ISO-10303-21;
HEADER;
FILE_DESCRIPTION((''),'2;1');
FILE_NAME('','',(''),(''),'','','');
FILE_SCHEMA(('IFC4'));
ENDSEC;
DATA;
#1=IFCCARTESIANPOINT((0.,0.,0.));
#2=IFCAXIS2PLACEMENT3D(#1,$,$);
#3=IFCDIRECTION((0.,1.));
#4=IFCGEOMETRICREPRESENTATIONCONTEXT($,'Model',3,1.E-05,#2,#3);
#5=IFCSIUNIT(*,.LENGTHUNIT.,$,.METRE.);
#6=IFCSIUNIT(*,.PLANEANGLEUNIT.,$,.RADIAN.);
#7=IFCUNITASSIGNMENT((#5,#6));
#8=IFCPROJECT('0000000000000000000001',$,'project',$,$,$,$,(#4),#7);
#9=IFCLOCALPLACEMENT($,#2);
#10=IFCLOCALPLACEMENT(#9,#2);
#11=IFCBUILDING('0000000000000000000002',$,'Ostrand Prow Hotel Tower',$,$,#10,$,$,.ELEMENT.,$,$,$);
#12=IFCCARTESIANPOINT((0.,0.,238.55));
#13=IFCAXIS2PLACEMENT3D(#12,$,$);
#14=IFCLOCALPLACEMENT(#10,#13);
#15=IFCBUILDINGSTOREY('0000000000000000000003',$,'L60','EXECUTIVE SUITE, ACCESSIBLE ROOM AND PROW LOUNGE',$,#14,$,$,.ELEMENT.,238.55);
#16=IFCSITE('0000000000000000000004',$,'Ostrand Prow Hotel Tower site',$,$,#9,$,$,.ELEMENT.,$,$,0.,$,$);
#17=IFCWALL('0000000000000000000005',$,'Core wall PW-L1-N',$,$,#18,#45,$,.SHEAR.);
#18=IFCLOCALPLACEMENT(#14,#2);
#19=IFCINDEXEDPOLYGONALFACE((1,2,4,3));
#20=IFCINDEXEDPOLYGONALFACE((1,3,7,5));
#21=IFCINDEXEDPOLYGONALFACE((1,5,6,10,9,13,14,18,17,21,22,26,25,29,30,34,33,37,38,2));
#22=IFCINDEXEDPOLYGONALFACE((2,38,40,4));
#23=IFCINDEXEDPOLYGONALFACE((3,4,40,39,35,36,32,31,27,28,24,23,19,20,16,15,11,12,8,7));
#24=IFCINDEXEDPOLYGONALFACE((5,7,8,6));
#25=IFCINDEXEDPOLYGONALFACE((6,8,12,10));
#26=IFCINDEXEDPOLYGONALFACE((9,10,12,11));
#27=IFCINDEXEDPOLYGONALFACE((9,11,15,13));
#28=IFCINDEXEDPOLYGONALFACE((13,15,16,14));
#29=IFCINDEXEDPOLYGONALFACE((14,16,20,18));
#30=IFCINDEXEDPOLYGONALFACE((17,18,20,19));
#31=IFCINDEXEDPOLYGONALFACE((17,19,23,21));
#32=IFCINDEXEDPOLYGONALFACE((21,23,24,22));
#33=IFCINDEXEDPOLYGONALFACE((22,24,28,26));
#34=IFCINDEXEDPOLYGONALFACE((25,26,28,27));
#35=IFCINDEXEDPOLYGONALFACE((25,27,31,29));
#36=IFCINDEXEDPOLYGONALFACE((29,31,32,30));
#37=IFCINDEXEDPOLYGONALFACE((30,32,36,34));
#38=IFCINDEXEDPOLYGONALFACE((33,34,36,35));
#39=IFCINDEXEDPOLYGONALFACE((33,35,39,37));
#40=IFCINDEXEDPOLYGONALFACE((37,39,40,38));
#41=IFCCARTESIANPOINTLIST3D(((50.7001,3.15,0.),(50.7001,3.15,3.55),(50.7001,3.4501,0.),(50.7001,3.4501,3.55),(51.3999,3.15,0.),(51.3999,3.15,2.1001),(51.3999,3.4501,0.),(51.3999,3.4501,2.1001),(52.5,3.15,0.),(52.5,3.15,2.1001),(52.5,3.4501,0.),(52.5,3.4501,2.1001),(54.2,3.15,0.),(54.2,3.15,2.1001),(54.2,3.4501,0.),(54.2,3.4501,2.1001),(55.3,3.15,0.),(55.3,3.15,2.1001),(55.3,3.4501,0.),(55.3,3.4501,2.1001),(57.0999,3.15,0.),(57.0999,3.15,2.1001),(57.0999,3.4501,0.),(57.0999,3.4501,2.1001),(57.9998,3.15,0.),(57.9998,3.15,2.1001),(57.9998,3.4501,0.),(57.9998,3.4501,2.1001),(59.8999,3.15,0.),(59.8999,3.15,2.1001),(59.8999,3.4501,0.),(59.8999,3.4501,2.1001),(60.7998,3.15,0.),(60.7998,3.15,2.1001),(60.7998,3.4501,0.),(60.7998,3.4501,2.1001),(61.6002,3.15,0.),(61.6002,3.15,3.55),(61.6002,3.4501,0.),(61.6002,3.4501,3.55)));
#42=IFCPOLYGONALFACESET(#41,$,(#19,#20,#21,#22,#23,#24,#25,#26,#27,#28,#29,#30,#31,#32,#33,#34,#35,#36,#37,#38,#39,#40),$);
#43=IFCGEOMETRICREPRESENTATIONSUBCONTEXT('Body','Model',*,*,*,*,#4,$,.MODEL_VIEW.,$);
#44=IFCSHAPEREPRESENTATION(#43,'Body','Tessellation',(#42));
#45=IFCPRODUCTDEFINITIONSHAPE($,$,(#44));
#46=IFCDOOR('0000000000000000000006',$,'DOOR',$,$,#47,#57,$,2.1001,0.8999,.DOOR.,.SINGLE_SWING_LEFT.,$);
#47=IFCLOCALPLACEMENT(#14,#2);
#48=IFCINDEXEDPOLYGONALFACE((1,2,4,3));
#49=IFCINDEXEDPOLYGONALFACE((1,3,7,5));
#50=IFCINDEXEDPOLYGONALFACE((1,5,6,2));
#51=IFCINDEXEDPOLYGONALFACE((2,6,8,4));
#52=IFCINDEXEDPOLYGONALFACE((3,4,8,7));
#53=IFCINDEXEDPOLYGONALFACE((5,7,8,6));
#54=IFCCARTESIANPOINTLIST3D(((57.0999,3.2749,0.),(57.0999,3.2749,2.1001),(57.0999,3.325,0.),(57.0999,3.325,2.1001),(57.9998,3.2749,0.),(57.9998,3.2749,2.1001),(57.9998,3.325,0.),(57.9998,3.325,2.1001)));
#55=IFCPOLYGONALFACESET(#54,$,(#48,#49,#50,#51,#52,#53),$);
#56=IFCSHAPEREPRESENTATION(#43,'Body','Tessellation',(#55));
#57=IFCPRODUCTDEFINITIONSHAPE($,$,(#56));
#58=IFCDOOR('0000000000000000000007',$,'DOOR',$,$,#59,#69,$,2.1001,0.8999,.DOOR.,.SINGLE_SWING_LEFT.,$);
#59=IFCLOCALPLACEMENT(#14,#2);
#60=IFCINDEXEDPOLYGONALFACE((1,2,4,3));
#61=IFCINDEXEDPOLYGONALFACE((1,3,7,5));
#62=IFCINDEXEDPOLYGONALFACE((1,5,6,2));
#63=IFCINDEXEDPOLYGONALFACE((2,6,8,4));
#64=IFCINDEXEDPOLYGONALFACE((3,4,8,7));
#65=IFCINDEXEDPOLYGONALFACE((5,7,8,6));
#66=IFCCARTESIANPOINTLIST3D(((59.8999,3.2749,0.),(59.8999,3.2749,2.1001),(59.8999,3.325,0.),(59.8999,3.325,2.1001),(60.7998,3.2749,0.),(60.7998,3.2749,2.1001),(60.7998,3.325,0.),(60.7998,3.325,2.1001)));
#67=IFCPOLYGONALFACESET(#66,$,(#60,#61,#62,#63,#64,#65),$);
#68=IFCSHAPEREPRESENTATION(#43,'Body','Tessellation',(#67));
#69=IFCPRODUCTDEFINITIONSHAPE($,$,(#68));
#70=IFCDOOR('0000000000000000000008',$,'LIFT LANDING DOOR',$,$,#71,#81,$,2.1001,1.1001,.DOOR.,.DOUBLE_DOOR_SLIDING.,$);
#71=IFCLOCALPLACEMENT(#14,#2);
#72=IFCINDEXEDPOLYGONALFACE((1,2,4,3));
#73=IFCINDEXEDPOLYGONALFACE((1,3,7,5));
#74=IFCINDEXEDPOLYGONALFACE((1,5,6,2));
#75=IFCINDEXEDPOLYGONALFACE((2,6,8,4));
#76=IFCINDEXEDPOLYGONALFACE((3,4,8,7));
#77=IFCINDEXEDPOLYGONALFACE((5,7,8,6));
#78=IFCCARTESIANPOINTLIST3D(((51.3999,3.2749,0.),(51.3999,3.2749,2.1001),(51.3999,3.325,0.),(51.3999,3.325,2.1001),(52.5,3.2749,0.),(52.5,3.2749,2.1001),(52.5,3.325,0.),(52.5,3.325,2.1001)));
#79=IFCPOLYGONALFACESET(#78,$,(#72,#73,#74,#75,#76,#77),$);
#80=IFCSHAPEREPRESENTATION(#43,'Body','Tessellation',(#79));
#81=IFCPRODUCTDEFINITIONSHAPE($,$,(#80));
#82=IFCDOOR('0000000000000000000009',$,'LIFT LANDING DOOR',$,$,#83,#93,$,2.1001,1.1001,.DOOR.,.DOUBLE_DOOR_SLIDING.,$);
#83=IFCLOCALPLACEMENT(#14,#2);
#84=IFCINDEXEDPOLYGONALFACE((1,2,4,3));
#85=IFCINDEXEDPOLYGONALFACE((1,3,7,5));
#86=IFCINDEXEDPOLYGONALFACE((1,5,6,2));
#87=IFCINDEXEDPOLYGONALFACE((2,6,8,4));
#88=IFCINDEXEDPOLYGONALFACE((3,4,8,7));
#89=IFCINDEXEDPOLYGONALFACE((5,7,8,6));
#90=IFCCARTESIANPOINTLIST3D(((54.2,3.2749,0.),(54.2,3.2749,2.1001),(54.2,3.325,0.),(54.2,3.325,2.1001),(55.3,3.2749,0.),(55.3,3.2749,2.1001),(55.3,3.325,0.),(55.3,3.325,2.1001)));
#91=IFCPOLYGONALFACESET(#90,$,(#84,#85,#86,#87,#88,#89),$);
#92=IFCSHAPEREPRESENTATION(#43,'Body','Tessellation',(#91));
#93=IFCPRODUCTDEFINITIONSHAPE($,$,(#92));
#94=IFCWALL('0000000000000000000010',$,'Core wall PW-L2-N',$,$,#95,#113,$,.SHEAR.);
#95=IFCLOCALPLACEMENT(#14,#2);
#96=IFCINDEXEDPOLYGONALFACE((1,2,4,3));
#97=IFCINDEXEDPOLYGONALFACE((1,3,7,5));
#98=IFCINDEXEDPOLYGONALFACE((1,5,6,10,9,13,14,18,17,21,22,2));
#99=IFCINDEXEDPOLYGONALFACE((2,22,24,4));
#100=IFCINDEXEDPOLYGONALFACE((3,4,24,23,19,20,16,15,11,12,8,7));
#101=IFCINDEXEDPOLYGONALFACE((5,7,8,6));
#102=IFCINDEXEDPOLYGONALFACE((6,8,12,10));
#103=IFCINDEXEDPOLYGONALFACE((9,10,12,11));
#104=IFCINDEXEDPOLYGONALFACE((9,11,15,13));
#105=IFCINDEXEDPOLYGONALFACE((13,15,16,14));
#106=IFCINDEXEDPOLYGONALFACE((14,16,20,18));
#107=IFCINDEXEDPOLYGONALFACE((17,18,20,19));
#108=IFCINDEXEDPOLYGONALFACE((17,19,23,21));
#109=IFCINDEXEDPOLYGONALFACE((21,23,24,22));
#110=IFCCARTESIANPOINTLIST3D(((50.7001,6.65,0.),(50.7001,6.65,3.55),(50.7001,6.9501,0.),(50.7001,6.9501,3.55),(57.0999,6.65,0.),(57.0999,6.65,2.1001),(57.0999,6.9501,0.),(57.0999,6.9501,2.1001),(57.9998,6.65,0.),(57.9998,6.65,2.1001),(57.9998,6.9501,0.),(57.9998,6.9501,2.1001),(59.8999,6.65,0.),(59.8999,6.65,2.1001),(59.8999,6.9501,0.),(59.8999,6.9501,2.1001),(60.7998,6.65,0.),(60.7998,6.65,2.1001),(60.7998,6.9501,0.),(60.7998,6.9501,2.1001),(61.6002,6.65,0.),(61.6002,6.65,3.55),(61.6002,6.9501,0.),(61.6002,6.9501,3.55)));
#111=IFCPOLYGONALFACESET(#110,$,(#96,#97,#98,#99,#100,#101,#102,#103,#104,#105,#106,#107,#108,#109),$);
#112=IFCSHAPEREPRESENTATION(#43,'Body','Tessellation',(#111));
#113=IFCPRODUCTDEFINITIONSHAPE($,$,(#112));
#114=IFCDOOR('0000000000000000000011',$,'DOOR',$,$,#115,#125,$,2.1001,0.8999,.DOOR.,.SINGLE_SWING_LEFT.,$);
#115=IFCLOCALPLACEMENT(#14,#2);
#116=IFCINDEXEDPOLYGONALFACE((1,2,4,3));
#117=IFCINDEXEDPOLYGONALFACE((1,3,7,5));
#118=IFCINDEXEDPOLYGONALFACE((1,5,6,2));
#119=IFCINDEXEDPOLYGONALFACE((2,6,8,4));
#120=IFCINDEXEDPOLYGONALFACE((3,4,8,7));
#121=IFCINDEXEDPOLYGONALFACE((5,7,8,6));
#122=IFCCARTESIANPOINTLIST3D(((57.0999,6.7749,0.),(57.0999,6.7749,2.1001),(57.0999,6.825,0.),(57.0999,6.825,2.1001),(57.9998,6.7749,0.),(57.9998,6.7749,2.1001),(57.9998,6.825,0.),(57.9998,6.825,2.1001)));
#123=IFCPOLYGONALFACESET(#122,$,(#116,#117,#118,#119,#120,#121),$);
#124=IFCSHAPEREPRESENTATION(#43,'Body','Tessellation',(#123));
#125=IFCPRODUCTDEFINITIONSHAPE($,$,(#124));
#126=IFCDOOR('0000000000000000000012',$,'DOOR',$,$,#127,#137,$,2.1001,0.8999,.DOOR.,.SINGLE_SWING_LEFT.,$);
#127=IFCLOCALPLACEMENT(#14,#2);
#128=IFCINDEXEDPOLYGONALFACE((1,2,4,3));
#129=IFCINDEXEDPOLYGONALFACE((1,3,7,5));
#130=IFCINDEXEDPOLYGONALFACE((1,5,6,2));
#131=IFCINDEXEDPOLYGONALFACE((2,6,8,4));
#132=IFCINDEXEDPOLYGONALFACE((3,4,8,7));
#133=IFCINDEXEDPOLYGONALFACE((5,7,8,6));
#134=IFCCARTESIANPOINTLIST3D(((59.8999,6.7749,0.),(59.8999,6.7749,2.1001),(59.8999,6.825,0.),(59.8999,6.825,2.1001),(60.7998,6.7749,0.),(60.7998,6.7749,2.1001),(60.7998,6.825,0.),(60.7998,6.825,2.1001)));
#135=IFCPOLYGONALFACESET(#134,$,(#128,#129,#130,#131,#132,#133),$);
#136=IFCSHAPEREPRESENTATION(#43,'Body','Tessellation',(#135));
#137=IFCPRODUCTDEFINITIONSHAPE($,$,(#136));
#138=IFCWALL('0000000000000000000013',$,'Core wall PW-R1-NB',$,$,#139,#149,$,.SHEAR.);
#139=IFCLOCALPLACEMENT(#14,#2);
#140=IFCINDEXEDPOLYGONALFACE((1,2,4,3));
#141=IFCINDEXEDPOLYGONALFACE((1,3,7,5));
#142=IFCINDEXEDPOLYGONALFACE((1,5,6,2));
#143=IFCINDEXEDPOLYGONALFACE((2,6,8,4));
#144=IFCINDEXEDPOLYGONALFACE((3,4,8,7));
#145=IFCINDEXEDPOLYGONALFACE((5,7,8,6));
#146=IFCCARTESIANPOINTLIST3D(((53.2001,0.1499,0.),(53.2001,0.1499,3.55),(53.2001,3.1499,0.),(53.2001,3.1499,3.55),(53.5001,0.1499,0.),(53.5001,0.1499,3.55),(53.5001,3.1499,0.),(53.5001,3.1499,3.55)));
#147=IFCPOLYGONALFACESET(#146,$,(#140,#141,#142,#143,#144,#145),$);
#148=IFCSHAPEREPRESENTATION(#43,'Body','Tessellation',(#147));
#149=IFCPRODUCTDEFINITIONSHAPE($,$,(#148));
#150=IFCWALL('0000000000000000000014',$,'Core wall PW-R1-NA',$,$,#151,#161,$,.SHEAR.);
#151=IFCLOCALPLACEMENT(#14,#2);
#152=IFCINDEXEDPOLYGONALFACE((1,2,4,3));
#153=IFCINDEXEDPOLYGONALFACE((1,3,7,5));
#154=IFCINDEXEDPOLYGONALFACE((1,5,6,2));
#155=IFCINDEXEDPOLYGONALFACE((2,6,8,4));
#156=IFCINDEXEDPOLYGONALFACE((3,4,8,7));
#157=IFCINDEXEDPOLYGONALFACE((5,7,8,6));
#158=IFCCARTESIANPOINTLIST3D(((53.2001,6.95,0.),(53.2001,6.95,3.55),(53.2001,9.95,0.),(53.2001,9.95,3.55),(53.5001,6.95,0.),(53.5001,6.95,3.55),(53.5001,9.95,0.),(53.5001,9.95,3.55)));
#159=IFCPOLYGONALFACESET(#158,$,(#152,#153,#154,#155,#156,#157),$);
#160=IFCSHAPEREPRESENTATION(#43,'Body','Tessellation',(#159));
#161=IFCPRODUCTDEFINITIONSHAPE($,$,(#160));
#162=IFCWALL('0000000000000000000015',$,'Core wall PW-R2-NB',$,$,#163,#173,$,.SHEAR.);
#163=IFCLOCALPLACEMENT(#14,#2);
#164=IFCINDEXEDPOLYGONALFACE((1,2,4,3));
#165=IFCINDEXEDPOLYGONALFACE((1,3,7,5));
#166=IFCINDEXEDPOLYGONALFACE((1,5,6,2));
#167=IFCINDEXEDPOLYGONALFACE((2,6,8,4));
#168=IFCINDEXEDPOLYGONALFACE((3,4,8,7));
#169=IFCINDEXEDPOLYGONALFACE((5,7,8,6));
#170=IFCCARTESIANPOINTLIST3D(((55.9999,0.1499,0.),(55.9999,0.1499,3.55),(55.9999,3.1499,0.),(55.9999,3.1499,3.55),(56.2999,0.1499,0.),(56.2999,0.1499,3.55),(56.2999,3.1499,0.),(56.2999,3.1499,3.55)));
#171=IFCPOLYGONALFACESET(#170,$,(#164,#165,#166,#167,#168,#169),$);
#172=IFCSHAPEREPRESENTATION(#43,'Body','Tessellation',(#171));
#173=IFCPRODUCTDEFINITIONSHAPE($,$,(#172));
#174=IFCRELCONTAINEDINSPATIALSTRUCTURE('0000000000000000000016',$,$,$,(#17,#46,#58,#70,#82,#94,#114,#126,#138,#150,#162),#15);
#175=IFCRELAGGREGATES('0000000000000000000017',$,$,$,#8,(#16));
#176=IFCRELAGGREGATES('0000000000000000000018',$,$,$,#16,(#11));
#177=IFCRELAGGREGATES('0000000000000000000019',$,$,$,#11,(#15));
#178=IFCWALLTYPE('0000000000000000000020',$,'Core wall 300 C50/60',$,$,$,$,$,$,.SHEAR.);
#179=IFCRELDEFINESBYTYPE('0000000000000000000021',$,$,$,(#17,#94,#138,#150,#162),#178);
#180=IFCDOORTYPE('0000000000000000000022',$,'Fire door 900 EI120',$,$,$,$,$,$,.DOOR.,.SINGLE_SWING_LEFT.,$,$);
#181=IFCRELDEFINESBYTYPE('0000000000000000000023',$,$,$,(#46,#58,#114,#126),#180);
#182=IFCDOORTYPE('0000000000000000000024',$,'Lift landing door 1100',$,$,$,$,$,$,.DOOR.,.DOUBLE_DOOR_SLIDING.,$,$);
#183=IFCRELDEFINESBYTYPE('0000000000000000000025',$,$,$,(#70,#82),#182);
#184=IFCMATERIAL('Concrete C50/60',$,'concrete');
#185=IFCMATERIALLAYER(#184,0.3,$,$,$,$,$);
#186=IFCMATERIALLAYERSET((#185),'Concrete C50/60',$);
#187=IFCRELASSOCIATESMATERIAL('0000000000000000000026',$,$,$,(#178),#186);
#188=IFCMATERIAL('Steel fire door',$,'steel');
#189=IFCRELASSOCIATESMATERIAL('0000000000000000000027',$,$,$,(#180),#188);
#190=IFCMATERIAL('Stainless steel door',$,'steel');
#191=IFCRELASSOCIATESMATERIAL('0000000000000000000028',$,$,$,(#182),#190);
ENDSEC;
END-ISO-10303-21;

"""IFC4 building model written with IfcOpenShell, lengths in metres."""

from ifc_helpers import new_model, si_unit, direction, frame, frame_2d, origin, place, context, subcontext, project, spatial, rectangle, extrude, material, layer, layer_set, type_object, element, fill, save


model = new_model("IFC4")

# Units and contexts
model_context = context("Model", 3, precision=1e-05, world=origin(), true_north=direction((0.0, 1.0)))
body_context = subcontext(model_context, "Body", "Model", "MODEL_VIEW")
ifc_project = project(units=[si_unit("LENGTHUNIT", "METRE"), si_unit("PLANEANGLEUNIT", "RADIAN")], contexts=[model_context])

# Site, building, storey
site_placement = place(None, origin())
site = spatial("IfcSite", under=ifc_project, at=site_placement, Name="Ostrand Prow Hotel Tower site", CompositionType="ELEMENT", RefElevation=0.0)
building_placement = place(site_placement, origin())
building = spatial("IfcBuilding", under=site, at=building_placement, Name="Ostrand Prow Hotel Tower", CompositionType="ELEMENT")
storey_placement = place(building_placement, frame((0.0, 0.0, 238.55)))
storey = spatial("IfcBuildingStorey", under=building, at=storey_placement, Name="L60", Description="EXECUTIVE SUITE, ACCESSIBLE ROOM AND PROW LOUNGE", CompositionType="ELEMENT", Elevation=238.55)

# Walls, openings, doors
ifc_material_1 = material(Name="Concrete C50/60", Category="concrete")
ifc_layer_1 = layer(ifc_material_1, 0.3)
ifc_layer_set_1 = layer_set([ifc_layer_1], Name="Concrete C50/60")
wall_type_1 = type_object("IfcWallType", Name="Core wall 300 C50/60", PredefinedType="SHEAR", material=ifc_layer_set_1)
wall_1_placement = place(storey_placement, frame((50.7, 3.3, 0.0), z_axis=(0.0, 0.0, 1.0), x_axis=(1.0, 0.0, 0.0)))
wall_1 = element("IfcWall", 1, at=wall_1_placement, inside=storey, type_object=wall_type_1, Name="Core wall PW-L1-N", PredefinedType="SHEAR", context=body_context, shape_type="SweptSolid", body=[
    extrude(rectangle(XDim=10.9001, YDim=0.3, at=frame_2d((5.4502, 0.0))), origin(), (0.0, 0.0, 1.0), 3.55),
])
opening_1_placement = place(wall_1_placement, frame((0.7, 0.0, 0.0)))
opening_1 = element("IfcOpeningElement", 2, at=opening_1_placement, cuts=wall_1, PredefinedType="OPENING", context=body_context, shape_type="SweptSolid", body=[
    extrude(rectangle(XDim=1.1001, YDim=2.1001, at=frame_2d((0.55, 1.05))), frame((0.0, 0.1599, 0.0), z_axis=(0.0, -1.0, 0.0), x_axis=(1.0, 0.0, 0.0)), (0.0, 0.0, 1.0), 0.3201),
])
opening_2_placement = place(wall_1_placement, frame((3.5, 0.0, 0.0)))
opening_2 = element("IfcOpeningElement", 3, at=opening_2_placement, cuts=wall_1, PredefinedType="OPENING", context=body_context, shape_type="SweptSolid", body=[
    extrude(rectangle(XDim=1.1001, YDim=2.1001, at=frame_2d((0.55, 1.05))), frame((0.0, 0.1599, 0.0), z_axis=(0.0, -1.0, 0.0), x_axis=(1.0, 0.0, 0.0)), (0.0, 0.0, 1.0), 0.3201),
])
opening_3_placement = place(wall_1_placement, frame((6.3999, 0.0, 0.0)))
opening_3 = element("IfcOpeningElement", 4, at=opening_3_placement, cuts=wall_1, PredefinedType="OPENING", context=body_context, shape_type="SweptSolid", body=[
    extrude(rectangle(XDim=0.8999, YDim=2.1001, at=frame_2d((0.45, 1.05))), frame((0.0, 0.1599, 0.0), z_axis=(0.0, -1.0, 0.0), x_axis=(1.0, 0.0, 0.0)), (0.0, 0.0, 1.0), 0.3201),
])
opening_4_placement = place(wall_1_placement, frame((9.2, 0.0, 0.0)))
opening_4 = element("IfcOpeningElement", 5, at=opening_4_placement, cuts=wall_1, PredefinedType="OPENING", context=body_context, shape_type="SweptSolid", body=[
    extrude(rectangle(XDim=0.8999, YDim=2.1001, at=frame_2d((0.45, 1.05))), frame((0.0, 0.1599, 0.0), z_axis=(0.0, -1.0, 0.0), x_axis=(1.0, 0.0, 0.0)), (0.0, 0.0, 1.0), 0.3201),
])
ifc_material_2 = material(Name="Steel fire door", Category="steel")
door_type_1 = type_object("IfcDoorType", Name="Fire door 900 EI120", OperationType="SINGLE_SWING_LEFT", PredefinedType="DOOR", material=ifc_material_2)
door_1_placement = place(opening_3_placement, origin())
door_1 = element("IfcDoor", 6, at=door_1_placement, inside=storey, type_object=door_type_1, Name="DOOR", OperationType="SINGLE_SWING_LEFT", OverallHeight=2.1001, OverallWidth=0.8999, PredefinedType="DOOR", context=body_context, shape_type="SweptSolid", body=[
    extrude(rectangle(XDim=0.8999, YDim=2.1001, at=frame_2d((0.45, 1.05))), frame((0.0, 0.0249, 0.0), z_axis=(0.0, -1.0, 0.0), x_axis=(1.0, 0.0, 0.0)), (0.0, 0.0, 1.0), 0.05),
])
fill(opening_3, door_1)
door_2_placement = place(opening_4_placement, origin())
door_2 = element("IfcDoor", 7, at=door_2_placement, inside=storey, type_object=door_type_1, Name="DOOR", OperationType="SINGLE_SWING_LEFT", OverallHeight=2.1001, OverallWidth=0.8999, PredefinedType="DOOR", context=body_context, shape_type="SweptSolid", body=[
    extrude(rectangle(XDim=0.8999, YDim=2.1001, at=frame_2d((0.45, 1.05))), frame((0.0, 0.0249, 0.0), z_axis=(0.0, -1.0, 0.0), x_axis=(1.0, 0.0, 0.0)), (0.0, 0.0, 1.0), 0.05),
])
fill(opening_4, door_2)
ifc_material_3 = material(Name="Stainless steel door", Category="steel")
door_type_2 = type_object("IfcDoorType", Name="Lift landing door 1100", OperationType="DOUBLE_DOOR_SLIDING", PredefinedType="DOOR", material=ifc_material_3)
door_3_placement = place(opening_1_placement, origin())
door_3 = element("IfcDoor", 8, at=door_3_placement, inside=storey, type_object=door_type_2, Name="LIFT LANDING DOOR", OperationType="DOUBLE_DOOR_SLIDING", OverallHeight=2.1001, OverallWidth=1.1001, PredefinedType="DOOR", context=body_context, shape_type="SweptSolid", body=[
    extrude(rectangle(XDim=1.1001, YDim=2.1001, at=frame_2d((0.55, 1.05))), frame((0.0, 0.0249, 0.0), z_axis=(0.0, -1.0, 0.0), x_axis=(1.0, 0.0, 0.0)), (0.0, 0.0, 1.0), 0.05),
])
fill(opening_1, door_3)
door_4_placement = place(opening_2_placement, origin())
door_4 = element("IfcDoor", 9, at=door_4_placement, inside=storey, type_object=door_type_2, Name="LIFT LANDING DOOR", OperationType="DOUBLE_DOOR_SLIDING", OverallHeight=2.1001, OverallWidth=1.1001, PredefinedType="DOOR", context=body_context, shape_type="SweptSolid", body=[
    extrude(rectangle(XDim=1.1001, YDim=2.1001, at=frame_2d((0.55, 1.05))), frame((0.0, 0.0249, 0.0), z_axis=(0.0, -1.0, 0.0), x_axis=(1.0, 0.0, 0.0)), (0.0, 0.0, 1.0), 0.05),
])
fill(opening_2, door_4)
wall_2_placement = place(storey_placement, frame((50.7, 6.8, 0.0), z_axis=(0.0, 0.0, 1.0), x_axis=(1.0, 0.0, 0.0)))
wall_2 = element("IfcWall", 10, at=wall_2_placement, inside=storey, type_object=wall_type_1, Name="Core wall PW-L2-N", PredefinedType="SHEAR", context=body_context, shape_type="SweptSolid", body=[
    extrude(rectangle(XDim=10.9001, YDim=0.3, at=frame_2d((5.4502, 0.0))), origin(), (0.0, 0.0, 1.0), 3.55),
])
opening_5_placement = place(wall_2_placement, frame((6.3999, 0.0, 0.0)))
opening_5 = element("IfcOpeningElement", 11, at=opening_5_placement, cuts=wall_2, PredefinedType="OPENING", context=body_context, shape_type="SweptSolid", body=[
    extrude(rectangle(XDim=0.8999, YDim=2.1001, at=frame_2d((0.45, 1.05))), frame((0.0, 0.1599, 0.0), z_axis=(0.0, -1.0, 0.0), x_axis=(1.0, 0.0, 0.0)), (0.0, 0.0, 1.0), 0.3201),
])
opening_6_placement = place(wall_2_placement, frame((9.2, 0.0, 0.0)))
opening_6 = element("IfcOpeningElement", 12, at=opening_6_placement, cuts=wall_2, PredefinedType="OPENING", context=body_context, shape_type="SweptSolid", body=[
    extrude(rectangle(XDim=0.8999, YDim=2.1001, at=frame_2d((0.45, 1.05))), frame((0.0, 0.1599, 0.0), z_axis=(0.0, -1.0, 0.0), x_axis=(1.0, 0.0, 0.0)), (0.0, 0.0, 1.0), 0.3201),
])
door_5_placement = place(opening_5_placement, origin())
door_5 = element("IfcDoor", 13, at=door_5_placement, inside=storey, type_object=door_type_1, Name="DOOR", OperationType="SINGLE_SWING_LEFT", OverallHeight=2.1001, OverallWidth=0.8999, PredefinedType="DOOR", context=body_context, shape_type="SweptSolid", body=[
    extrude(rectangle(XDim=0.8999, YDim=2.1001, at=frame_2d((0.45, 1.05))), frame((0.0, 0.0249, 0.0), z_axis=(0.0, -1.0, 0.0), x_axis=(1.0, 0.0, 0.0)), (0.0, 0.0, 1.0), 0.05),
])
fill(opening_5, door_5)
door_6_placement = place(opening_6_placement, origin())
door_6 = element("IfcDoor", 14, at=door_6_placement, inside=storey, type_object=door_type_1, Name="DOOR", OperationType="SINGLE_SWING_LEFT", OverallHeight=2.1001, OverallWidth=0.8999, PredefinedType="DOOR", context=body_context, shape_type="SweptSolid", body=[
    extrude(rectangle(XDim=0.8999, YDim=2.1001, at=frame_2d((0.45, 1.05))), frame((0.0, 0.0249, 0.0), z_axis=(0.0, -1.0, 0.0), x_axis=(1.0, 0.0, 0.0)), (0.0, 0.0, 1.0), 0.05),
])
fill(opening_6, door_6)

# Walls
for number, where, z_axis, x_axis, name in (
    (15, (53.3501, 0.1499, 0.0), (0.0, 0.0, 1.0), (0.0, 1.0, 0.0), "Core wall PW-R1-NB"),
    (16, (53.3501, 6.95, 0.0), (0.0, 0.0, 1.0), (0.0, 1.0, 0.0), "Core wall PW-R1-NA"),
    (17, (56.1499, 0.1499, 0.0), (0.0, 0.0, 1.0), (0.0, 1.0, 0.0), "Core wall PW-R2-NB"),
):
    element("IfcWall", number, at=place(storey_placement, frame(where, z_axis=z_axis, x_axis=x_axis)), inside=storey, type_object=wall_type_1, Name=name, PredefinedType="SHEAR", context=body_context, shape_type="SweptSolid", body=[
        extrude(rectangle(XDim=3.0, YDim=0.3, at=frame_2d((1.5, 0.0))), origin(), (0.0, 0.0, 1.0), 3.55),
    ])

save(model, "model.ifc")
